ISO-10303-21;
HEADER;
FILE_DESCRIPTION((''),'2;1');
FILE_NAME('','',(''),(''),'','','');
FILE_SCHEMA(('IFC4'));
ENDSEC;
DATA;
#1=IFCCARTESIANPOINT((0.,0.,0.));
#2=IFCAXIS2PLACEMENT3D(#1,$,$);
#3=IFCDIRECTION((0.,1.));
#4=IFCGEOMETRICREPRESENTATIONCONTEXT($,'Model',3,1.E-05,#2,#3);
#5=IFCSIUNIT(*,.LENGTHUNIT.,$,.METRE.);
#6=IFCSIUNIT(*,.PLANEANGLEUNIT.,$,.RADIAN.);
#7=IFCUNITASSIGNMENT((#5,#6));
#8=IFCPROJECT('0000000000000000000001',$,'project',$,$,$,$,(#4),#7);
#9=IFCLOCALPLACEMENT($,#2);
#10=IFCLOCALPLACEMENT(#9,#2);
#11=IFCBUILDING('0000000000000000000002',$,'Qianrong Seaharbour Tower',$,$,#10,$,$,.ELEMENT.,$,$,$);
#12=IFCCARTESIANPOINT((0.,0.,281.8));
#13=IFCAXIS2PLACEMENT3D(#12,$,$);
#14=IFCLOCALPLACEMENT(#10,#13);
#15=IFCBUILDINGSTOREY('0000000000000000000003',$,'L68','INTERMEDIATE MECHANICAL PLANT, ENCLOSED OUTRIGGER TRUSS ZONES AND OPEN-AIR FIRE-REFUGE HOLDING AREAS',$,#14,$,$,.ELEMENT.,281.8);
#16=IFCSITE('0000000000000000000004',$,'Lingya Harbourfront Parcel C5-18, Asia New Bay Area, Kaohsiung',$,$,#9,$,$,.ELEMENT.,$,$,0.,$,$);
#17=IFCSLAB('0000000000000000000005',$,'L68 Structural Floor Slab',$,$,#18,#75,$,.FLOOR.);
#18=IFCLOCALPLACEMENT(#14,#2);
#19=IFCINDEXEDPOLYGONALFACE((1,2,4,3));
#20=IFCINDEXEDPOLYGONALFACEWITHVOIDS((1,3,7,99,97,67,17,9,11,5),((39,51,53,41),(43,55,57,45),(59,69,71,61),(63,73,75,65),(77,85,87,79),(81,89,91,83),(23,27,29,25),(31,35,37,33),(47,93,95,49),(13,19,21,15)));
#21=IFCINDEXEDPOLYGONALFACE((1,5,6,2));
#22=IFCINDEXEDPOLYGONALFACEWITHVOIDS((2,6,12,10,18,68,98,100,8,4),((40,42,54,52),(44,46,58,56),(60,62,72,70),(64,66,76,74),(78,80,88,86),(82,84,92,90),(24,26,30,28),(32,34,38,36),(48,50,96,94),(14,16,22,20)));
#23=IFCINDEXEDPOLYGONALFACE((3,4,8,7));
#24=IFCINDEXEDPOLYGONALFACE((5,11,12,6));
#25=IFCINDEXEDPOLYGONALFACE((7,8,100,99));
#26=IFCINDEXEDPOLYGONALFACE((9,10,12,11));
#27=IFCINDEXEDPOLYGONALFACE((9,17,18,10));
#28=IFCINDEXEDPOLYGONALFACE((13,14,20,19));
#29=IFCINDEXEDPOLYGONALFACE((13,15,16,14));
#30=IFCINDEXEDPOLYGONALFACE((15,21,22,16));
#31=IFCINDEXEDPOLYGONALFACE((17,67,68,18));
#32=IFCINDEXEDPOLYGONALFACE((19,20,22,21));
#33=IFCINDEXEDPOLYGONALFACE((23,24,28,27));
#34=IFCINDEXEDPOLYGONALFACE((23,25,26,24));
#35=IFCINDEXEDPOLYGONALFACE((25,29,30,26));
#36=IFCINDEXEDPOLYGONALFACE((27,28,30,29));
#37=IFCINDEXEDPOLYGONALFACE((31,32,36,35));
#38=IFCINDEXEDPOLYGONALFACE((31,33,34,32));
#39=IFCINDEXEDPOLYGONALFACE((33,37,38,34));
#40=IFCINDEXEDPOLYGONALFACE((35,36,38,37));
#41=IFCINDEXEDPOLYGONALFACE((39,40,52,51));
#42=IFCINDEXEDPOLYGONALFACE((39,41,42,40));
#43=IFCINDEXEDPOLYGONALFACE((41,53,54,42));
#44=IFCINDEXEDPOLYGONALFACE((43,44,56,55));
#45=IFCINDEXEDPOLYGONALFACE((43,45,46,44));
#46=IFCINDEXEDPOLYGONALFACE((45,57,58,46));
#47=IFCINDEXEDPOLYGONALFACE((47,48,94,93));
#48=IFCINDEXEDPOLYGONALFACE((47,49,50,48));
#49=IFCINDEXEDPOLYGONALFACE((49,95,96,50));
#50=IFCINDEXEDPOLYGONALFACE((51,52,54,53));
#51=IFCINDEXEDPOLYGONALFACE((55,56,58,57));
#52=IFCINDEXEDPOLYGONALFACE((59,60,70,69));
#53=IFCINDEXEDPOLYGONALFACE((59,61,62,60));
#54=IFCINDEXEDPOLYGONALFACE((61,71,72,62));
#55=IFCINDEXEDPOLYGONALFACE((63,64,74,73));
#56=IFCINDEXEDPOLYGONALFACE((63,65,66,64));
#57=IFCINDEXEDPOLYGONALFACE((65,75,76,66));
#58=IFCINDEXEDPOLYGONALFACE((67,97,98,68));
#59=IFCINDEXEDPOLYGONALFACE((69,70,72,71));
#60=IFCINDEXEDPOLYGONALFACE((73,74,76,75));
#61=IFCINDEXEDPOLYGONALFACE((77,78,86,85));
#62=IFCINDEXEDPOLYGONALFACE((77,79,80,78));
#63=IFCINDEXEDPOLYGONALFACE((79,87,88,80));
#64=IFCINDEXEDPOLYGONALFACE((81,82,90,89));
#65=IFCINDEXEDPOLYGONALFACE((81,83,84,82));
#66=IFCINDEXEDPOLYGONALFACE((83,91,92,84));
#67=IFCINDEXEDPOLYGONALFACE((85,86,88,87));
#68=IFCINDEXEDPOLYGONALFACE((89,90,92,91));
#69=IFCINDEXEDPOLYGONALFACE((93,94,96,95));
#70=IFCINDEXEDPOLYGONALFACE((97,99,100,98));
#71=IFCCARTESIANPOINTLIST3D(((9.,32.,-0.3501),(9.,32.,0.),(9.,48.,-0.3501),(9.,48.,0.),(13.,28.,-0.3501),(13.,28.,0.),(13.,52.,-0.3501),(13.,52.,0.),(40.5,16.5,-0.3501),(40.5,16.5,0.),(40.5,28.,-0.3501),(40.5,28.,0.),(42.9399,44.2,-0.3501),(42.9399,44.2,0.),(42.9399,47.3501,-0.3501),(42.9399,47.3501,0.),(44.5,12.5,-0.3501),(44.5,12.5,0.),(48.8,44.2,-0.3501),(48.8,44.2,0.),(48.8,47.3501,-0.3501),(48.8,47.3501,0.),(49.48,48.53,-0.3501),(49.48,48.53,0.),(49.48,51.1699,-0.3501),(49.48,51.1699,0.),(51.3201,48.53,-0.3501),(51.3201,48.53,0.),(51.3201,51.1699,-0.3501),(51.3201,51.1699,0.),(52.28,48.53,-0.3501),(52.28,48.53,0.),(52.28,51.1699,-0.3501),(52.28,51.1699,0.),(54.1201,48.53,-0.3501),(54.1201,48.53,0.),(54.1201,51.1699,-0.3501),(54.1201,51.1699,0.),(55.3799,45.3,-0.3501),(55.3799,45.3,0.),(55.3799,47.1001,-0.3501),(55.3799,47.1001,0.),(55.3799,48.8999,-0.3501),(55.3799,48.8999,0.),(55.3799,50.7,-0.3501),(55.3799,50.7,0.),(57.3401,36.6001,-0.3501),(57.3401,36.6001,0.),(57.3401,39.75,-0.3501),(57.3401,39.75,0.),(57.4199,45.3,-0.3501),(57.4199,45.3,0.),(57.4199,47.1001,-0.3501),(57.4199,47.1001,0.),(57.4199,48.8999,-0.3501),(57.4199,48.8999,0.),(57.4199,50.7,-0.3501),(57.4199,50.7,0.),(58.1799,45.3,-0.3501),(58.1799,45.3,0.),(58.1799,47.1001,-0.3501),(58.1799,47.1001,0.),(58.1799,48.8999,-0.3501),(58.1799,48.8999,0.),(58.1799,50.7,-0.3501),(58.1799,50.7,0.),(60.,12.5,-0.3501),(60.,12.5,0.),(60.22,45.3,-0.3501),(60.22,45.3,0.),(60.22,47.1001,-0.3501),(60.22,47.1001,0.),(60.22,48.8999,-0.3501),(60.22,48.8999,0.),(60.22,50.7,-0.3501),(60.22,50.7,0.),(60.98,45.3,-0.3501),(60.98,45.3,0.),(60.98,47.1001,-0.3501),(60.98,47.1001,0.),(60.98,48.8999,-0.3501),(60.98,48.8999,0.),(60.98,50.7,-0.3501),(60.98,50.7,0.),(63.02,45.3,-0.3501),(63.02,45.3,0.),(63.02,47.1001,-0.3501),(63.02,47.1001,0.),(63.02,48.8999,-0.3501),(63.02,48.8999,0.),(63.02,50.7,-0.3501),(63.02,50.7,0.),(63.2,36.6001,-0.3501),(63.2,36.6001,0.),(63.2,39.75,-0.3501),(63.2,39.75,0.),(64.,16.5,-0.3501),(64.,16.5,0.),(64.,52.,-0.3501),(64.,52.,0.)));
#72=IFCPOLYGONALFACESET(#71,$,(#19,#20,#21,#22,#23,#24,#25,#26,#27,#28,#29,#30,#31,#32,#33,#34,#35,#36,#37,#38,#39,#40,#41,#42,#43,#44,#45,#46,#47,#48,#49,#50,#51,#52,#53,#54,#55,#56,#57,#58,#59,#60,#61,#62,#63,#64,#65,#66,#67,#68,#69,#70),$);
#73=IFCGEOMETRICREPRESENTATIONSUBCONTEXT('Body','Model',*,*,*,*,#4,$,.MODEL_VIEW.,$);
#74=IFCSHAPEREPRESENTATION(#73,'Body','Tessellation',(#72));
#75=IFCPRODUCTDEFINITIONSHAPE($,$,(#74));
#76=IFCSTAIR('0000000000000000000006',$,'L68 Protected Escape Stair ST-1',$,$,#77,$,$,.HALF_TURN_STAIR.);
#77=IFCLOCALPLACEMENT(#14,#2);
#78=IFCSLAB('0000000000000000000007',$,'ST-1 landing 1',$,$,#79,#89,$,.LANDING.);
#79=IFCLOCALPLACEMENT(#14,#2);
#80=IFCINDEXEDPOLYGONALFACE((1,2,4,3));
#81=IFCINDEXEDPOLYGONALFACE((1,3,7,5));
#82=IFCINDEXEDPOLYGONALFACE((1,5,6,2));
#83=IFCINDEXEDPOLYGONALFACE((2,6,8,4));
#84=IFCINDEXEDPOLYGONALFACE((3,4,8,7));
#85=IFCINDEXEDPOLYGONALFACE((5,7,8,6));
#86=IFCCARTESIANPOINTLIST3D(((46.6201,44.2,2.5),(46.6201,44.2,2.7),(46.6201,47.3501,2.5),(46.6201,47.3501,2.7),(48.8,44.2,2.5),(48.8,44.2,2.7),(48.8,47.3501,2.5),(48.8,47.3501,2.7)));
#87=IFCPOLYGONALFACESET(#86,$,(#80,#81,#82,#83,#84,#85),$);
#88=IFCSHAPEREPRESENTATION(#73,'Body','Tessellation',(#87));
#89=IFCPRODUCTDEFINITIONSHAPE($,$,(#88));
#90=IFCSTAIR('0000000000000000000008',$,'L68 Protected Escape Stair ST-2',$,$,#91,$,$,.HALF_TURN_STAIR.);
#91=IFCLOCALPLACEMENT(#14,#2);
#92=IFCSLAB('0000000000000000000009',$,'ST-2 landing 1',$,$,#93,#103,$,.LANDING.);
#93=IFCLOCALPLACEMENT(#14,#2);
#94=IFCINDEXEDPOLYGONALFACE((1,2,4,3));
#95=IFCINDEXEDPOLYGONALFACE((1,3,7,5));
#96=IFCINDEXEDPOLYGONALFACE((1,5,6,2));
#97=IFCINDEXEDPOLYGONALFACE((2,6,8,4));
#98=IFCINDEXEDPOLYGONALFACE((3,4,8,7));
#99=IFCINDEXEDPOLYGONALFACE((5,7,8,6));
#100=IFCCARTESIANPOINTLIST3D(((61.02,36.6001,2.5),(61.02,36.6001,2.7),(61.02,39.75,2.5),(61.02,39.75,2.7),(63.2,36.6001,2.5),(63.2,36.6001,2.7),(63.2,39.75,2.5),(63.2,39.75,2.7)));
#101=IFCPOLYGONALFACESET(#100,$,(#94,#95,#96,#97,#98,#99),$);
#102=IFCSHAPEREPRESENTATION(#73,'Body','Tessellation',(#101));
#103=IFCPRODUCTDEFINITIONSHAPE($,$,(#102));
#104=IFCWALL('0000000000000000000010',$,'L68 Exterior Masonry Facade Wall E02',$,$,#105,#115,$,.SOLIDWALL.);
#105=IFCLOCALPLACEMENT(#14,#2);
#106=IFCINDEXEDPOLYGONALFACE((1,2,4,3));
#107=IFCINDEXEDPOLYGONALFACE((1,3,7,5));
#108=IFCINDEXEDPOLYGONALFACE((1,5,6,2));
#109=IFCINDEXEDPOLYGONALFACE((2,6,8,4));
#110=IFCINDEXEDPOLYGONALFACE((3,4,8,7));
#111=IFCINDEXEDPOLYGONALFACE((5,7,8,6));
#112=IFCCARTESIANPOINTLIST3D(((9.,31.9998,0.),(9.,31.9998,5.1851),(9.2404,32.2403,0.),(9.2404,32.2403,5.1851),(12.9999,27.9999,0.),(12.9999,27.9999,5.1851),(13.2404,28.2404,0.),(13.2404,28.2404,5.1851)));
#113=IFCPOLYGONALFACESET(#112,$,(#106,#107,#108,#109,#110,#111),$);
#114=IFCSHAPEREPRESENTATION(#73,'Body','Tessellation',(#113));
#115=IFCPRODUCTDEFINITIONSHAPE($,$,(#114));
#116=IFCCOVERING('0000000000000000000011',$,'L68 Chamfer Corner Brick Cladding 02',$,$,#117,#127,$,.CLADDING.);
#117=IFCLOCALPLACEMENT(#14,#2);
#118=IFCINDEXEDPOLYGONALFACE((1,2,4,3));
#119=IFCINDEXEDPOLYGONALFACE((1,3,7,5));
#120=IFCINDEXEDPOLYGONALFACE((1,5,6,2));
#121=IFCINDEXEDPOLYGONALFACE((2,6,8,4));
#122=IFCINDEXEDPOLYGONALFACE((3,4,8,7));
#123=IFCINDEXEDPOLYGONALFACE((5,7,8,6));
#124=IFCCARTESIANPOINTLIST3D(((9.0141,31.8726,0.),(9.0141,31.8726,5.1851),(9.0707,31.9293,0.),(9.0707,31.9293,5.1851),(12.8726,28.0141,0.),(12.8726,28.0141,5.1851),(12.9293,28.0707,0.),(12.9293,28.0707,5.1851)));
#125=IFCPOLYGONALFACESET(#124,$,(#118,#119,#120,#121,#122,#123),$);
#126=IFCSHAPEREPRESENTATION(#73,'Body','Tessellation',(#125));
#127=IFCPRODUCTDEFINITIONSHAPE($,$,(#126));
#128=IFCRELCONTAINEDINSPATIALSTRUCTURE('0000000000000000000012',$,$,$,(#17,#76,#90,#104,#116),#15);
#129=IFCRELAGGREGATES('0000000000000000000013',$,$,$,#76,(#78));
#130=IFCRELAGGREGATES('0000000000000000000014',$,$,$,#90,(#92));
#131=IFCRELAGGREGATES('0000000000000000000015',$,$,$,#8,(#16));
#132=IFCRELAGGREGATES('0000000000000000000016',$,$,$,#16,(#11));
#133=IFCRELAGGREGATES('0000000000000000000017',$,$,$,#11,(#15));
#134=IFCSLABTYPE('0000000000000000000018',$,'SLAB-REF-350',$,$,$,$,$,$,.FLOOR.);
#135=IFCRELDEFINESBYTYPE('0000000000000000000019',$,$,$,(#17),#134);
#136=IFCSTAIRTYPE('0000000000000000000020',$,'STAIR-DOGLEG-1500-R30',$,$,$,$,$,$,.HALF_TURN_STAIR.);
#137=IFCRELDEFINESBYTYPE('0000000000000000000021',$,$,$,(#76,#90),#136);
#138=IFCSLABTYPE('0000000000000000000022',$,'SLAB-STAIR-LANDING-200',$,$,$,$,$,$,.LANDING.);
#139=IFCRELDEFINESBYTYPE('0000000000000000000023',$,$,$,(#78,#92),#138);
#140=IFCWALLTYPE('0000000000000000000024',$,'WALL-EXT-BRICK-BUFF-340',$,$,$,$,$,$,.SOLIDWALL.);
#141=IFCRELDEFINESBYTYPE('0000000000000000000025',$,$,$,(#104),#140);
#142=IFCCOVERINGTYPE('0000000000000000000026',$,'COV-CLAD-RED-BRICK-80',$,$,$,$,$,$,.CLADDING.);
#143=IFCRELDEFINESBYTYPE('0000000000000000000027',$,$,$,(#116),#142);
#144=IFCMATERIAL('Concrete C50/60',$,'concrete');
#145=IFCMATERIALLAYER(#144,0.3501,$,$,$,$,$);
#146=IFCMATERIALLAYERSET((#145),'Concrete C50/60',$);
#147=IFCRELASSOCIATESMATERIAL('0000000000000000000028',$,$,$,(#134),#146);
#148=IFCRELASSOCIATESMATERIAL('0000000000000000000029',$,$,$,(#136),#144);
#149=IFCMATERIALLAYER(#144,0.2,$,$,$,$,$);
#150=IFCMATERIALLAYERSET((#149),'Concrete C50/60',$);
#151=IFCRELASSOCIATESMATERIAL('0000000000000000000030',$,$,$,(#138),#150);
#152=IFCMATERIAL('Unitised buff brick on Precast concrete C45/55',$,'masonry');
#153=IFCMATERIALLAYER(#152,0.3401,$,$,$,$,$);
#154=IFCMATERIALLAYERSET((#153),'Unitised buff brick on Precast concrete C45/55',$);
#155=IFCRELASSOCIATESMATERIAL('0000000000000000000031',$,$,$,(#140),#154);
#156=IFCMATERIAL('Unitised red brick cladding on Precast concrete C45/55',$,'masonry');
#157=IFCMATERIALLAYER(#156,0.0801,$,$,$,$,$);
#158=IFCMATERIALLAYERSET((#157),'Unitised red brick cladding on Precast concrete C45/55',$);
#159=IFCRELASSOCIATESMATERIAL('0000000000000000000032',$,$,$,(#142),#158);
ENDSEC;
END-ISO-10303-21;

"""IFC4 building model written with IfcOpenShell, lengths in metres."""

from ifc_helpers import new_model, si_unit, direction, frame, frame_2d, origin, origin_2d, place, context, subcontext, project, spatial, polyline, rectangle, outline, extrude, material, layer, layer_set, type_object, element, aggregate, save


model = new_model("IFC4")

# Units and contexts
model_context = context("Model", 3, precision=1e-05, world=origin(), true_north=direction((0.0, 1.0)))
body_context = subcontext(model_context, "Body", "Model", "MODEL_VIEW")
ifc_project = project(units=[si_unit("LENGTHUNIT", "METRE"), si_unit("PLANEANGLEUNIT", "RADIAN")], contexts=[model_context])

# Site, building, storey
site_placement = place(None, origin())
site = spatial("IfcSite", under=ifc_project, at=site_placement, Name="Lingya Harbourfront Parcel C5-18, Asia New Bay Area, Kaohsiung", CompositionType="ELEMENT", RefElevation=0.0)
building_placement = place(site_placement, origin())
building = spatial("IfcBuilding", under=site, at=building_placement, Name="Qianrong Seaharbour Tower", CompositionType="ELEMENT")
storey_placement = place(building_placement, frame((0.0, 0.0, 281.8)))
storey = spatial("IfcBuildingStorey", under=building, at=storey_placement, Name="L68", Description="INTERMEDIATE MECHANICAL PLANT, ENCLOSED OUTRIGGER TRUSS ZONES AND OPEN-AIR FIRE-REFUGE HOLDING AREAS", CompositionType="ELEMENT", Elevation=281.8)

# Slab
ifc_material_1 = material(Name="Concrete C50/60", Category="concrete")
ifc_layer_1 = layer(ifc_material_1, 0.3501)
ifc_layer_set_1 = layer_set([ifc_layer_1], Name="Concrete C50/60")
slab_type_1 = type_object("IfcSlabType", Name="SLAB-REF-350", PredefinedType="FLOOR", material=ifc_layer_set_1)
slab_1_placement = place(storey_placement, frame((0.0, 0.0, -0.3501)))
element("IfcSlab", 1, at=slab_1_placement, inside=storey, type_object=slab_type_1, Name="L68 Structural Floor Slab", PredefinedType="FLOOR", context=body_context, shape_type="SweptSolid", body=[
    extrude(outline(polyline([(44.5, 12.5), (60.0, 12.5), (64.0, 16.5), (64.0, 52.0), (13.0, 52.0), (9.0, 48.0), (9.0, 32.0), (13.0, 28.0), (40.5, 28.0), (40.5, 16.5), (44.5, 12.5)]), holes=[polyline([(42.9399, 44.2), (42.9399, 47.3501), (48.8, 47.3501), (48.8, 44.2), (42.9399, 44.2)]), polyline([(57.3401, 36.6001), (57.3401, 39.75), (63.2, 39.75), (63.2, 36.6001), (57.3401, 36.6001)]), polyline([(49.48, 48.53), (49.48, 51.1699), (51.3201, 51.1699), (51.3201, 48.53), (49.48, 48.53)]), polyline([(52.28, 48.53), (52.28, 51.1699), (54.1201, 51.1699), (54.1201, 48.53), (52.28, 48.53)]), polyline([(55.3799, 45.3), (55.3799, 47.1001), (57.4199, 47.1001), (57.4199, 45.3), (55.3799, 45.3)]), polyline([(58.1799, 45.3), (58.1799, 47.1001), (60.22, 47.1001), (60.22, 45.3), (58.1799, 45.3)]), polyline([(60.98, 45.3), (60.98, 47.1001), (63.02, 47.1001), (63.02, 45.3), (60.98, 45.3)]), polyline([(55.3799, 48.8999), (55.3799, 50.7), (57.4199, 50.7), (57.4199, 48.8999), (55.3799, 48.8999)]), polyline([(58.1799, 48.8999), (58.1799, 50.7), (60.22, 50.7), (60.22, 48.8999), (58.1799, 48.8999)]), polyline([(60.98, 48.8999), (60.98, 50.7), (63.02, 50.7), (63.02, 48.8999), (60.98, 48.8999)])]), origin(), (0.0, 0.0, 1.0), 0.3501),
])

# Stairs, slabs
stair_type = type_object("IfcStairType", Name="STAIR-DOGLEG-1500-R30", PredefinedType="HALF_TURN_STAIR", material=ifc_material_1)
stair_1_placement = place(storey_placement, origin())
stair_1 = element("IfcStair", 2, at=stair_1_placement, inside=storey, type_object=stair_type, Name="L68 Protected Escape Stair ST-1", PredefinedType="HALF_TURN_STAIR")
ifc_layer_2 = layer(ifc_material_1, 0.2)
ifc_layer_set_2 = layer_set([ifc_layer_2], Name="Concrete C50/60")
slab_type_2 = type_object("IfcSlabType", Name="SLAB-STAIR-LANDING-200", PredefinedType="LANDING", material=ifc_layer_set_2)
slab_2_placement = place(storey_placement, frame((0.0, 0.0, 2.5)))
slab_2 = element("IfcSlab", 3, at=slab_2_placement, type_object=slab_type_2, Name="ST-1 landing 1", PredefinedType="LANDING", context=body_context, shape_type="SweptSolid", body=[
    extrude(outline(polyline([(46.6201, 44.2), (48.8, 44.2), (48.8, 47.3501), (46.6201, 47.3501), (46.6201, 44.2)])), origin(), (0.0, 0.0, 1.0), 0.2),
])
aggregate(stair_1, [slab_2])
stair_2_placement = place(storey_placement, origin())
stair_2 = element("IfcStair", 4, at=stair_2_placement, inside=storey, type_object=stair_type, Name="L68 Protected Escape Stair ST-2", PredefinedType="HALF_TURN_STAIR")
slab_3_placement = place(storey_placement, frame((0.0, 0.0, 2.5)))
slab_3 = element("IfcSlab", 5, at=slab_3_placement, type_object=slab_type_2, Name="ST-2 landing 1", PredefinedType="LANDING", context=body_context, shape_type="SweptSolid", body=[
    extrude(outline(polyline([(61.02, 36.6001), (63.2, 36.6001), (63.2, 39.75), (61.02, 39.75), (61.02, 36.6001)])), origin(), (0.0, 0.0, 1.0), 0.2),
])
aggregate(stair_2, [slab_3])

# Wall
ifc_material_2 = material(Name="Unitised buff brick on Precast concrete C45/55", Category="masonry")
ifc_layer_3 = layer(ifc_material_2, 0.3401)
ifc_layer_set_3 = layer_set([ifc_layer_3], Name="Unitised buff brick on Precast concrete C45/55")
wall_type = type_object("IfcWallType", Name="WALL-EXT-BRICK-BUFF-340", PredefinedType="SOLIDWALL", material=ifc_layer_set_3)
wall_placement = place(storey_placement, frame((13.1201, 28.1201, 0.0), z_axis=(0.0, 0.0, 1.0), x_axis=(-0.707107, 0.707107, 0.0)))
element("IfcWall", 6, at=wall_placement, inside=storey, type_object=wall_type, Name="L68 Exterior Masonry Facade Wall E02", PredefinedType="SOLIDWALL", context=body_context, shape_type="SweptSolid", body=[
    extrude(rectangle(XDim=5.6567, YDim=0.3401, at=frame_2d((2.8284, 0.0))), origin(), (0.0, 0.0, 1.0), 5.1851),
])

# Covering
ifc_material_3 = material(Name="Unitised red brick cladding on Precast concrete C45/55", Category="masonry")
ifc_layer_4 = layer(ifc_material_3, 0.0801)
ifc_layer_set_4 = layer_set([ifc_layer_4], Name="Unitised red brick cladding on Precast concrete C45/55")
covering_type = type_object("IfcCoveringType", Name="COV-CLAD-RED-BRICK-80", PredefinedType="CLADDING", material=ifc_layer_set_4)
covering_placement = place(storey_placement, frame((10.9717, 29.9717, 0.0), z_axis=(0.0, 0.0, 1.0), x_axis=(-0.707107, 0.707107, 0.0)))
element("IfcCovering", 7, at=covering_placement, inside=storey, type_object=covering_type, Name="L68 Chamfer Corner Brick Cladding 02", PredefinedType="CLADDING", context=body_context, shape_type="SweptSolid", body=[
    extrude(rectangle(XDim=5.4568, YDim=0.0801, at=origin_2d()), origin(), (0.0, 0.0, 1.0), 5.1851),
])

save(model, "model.ifc")
